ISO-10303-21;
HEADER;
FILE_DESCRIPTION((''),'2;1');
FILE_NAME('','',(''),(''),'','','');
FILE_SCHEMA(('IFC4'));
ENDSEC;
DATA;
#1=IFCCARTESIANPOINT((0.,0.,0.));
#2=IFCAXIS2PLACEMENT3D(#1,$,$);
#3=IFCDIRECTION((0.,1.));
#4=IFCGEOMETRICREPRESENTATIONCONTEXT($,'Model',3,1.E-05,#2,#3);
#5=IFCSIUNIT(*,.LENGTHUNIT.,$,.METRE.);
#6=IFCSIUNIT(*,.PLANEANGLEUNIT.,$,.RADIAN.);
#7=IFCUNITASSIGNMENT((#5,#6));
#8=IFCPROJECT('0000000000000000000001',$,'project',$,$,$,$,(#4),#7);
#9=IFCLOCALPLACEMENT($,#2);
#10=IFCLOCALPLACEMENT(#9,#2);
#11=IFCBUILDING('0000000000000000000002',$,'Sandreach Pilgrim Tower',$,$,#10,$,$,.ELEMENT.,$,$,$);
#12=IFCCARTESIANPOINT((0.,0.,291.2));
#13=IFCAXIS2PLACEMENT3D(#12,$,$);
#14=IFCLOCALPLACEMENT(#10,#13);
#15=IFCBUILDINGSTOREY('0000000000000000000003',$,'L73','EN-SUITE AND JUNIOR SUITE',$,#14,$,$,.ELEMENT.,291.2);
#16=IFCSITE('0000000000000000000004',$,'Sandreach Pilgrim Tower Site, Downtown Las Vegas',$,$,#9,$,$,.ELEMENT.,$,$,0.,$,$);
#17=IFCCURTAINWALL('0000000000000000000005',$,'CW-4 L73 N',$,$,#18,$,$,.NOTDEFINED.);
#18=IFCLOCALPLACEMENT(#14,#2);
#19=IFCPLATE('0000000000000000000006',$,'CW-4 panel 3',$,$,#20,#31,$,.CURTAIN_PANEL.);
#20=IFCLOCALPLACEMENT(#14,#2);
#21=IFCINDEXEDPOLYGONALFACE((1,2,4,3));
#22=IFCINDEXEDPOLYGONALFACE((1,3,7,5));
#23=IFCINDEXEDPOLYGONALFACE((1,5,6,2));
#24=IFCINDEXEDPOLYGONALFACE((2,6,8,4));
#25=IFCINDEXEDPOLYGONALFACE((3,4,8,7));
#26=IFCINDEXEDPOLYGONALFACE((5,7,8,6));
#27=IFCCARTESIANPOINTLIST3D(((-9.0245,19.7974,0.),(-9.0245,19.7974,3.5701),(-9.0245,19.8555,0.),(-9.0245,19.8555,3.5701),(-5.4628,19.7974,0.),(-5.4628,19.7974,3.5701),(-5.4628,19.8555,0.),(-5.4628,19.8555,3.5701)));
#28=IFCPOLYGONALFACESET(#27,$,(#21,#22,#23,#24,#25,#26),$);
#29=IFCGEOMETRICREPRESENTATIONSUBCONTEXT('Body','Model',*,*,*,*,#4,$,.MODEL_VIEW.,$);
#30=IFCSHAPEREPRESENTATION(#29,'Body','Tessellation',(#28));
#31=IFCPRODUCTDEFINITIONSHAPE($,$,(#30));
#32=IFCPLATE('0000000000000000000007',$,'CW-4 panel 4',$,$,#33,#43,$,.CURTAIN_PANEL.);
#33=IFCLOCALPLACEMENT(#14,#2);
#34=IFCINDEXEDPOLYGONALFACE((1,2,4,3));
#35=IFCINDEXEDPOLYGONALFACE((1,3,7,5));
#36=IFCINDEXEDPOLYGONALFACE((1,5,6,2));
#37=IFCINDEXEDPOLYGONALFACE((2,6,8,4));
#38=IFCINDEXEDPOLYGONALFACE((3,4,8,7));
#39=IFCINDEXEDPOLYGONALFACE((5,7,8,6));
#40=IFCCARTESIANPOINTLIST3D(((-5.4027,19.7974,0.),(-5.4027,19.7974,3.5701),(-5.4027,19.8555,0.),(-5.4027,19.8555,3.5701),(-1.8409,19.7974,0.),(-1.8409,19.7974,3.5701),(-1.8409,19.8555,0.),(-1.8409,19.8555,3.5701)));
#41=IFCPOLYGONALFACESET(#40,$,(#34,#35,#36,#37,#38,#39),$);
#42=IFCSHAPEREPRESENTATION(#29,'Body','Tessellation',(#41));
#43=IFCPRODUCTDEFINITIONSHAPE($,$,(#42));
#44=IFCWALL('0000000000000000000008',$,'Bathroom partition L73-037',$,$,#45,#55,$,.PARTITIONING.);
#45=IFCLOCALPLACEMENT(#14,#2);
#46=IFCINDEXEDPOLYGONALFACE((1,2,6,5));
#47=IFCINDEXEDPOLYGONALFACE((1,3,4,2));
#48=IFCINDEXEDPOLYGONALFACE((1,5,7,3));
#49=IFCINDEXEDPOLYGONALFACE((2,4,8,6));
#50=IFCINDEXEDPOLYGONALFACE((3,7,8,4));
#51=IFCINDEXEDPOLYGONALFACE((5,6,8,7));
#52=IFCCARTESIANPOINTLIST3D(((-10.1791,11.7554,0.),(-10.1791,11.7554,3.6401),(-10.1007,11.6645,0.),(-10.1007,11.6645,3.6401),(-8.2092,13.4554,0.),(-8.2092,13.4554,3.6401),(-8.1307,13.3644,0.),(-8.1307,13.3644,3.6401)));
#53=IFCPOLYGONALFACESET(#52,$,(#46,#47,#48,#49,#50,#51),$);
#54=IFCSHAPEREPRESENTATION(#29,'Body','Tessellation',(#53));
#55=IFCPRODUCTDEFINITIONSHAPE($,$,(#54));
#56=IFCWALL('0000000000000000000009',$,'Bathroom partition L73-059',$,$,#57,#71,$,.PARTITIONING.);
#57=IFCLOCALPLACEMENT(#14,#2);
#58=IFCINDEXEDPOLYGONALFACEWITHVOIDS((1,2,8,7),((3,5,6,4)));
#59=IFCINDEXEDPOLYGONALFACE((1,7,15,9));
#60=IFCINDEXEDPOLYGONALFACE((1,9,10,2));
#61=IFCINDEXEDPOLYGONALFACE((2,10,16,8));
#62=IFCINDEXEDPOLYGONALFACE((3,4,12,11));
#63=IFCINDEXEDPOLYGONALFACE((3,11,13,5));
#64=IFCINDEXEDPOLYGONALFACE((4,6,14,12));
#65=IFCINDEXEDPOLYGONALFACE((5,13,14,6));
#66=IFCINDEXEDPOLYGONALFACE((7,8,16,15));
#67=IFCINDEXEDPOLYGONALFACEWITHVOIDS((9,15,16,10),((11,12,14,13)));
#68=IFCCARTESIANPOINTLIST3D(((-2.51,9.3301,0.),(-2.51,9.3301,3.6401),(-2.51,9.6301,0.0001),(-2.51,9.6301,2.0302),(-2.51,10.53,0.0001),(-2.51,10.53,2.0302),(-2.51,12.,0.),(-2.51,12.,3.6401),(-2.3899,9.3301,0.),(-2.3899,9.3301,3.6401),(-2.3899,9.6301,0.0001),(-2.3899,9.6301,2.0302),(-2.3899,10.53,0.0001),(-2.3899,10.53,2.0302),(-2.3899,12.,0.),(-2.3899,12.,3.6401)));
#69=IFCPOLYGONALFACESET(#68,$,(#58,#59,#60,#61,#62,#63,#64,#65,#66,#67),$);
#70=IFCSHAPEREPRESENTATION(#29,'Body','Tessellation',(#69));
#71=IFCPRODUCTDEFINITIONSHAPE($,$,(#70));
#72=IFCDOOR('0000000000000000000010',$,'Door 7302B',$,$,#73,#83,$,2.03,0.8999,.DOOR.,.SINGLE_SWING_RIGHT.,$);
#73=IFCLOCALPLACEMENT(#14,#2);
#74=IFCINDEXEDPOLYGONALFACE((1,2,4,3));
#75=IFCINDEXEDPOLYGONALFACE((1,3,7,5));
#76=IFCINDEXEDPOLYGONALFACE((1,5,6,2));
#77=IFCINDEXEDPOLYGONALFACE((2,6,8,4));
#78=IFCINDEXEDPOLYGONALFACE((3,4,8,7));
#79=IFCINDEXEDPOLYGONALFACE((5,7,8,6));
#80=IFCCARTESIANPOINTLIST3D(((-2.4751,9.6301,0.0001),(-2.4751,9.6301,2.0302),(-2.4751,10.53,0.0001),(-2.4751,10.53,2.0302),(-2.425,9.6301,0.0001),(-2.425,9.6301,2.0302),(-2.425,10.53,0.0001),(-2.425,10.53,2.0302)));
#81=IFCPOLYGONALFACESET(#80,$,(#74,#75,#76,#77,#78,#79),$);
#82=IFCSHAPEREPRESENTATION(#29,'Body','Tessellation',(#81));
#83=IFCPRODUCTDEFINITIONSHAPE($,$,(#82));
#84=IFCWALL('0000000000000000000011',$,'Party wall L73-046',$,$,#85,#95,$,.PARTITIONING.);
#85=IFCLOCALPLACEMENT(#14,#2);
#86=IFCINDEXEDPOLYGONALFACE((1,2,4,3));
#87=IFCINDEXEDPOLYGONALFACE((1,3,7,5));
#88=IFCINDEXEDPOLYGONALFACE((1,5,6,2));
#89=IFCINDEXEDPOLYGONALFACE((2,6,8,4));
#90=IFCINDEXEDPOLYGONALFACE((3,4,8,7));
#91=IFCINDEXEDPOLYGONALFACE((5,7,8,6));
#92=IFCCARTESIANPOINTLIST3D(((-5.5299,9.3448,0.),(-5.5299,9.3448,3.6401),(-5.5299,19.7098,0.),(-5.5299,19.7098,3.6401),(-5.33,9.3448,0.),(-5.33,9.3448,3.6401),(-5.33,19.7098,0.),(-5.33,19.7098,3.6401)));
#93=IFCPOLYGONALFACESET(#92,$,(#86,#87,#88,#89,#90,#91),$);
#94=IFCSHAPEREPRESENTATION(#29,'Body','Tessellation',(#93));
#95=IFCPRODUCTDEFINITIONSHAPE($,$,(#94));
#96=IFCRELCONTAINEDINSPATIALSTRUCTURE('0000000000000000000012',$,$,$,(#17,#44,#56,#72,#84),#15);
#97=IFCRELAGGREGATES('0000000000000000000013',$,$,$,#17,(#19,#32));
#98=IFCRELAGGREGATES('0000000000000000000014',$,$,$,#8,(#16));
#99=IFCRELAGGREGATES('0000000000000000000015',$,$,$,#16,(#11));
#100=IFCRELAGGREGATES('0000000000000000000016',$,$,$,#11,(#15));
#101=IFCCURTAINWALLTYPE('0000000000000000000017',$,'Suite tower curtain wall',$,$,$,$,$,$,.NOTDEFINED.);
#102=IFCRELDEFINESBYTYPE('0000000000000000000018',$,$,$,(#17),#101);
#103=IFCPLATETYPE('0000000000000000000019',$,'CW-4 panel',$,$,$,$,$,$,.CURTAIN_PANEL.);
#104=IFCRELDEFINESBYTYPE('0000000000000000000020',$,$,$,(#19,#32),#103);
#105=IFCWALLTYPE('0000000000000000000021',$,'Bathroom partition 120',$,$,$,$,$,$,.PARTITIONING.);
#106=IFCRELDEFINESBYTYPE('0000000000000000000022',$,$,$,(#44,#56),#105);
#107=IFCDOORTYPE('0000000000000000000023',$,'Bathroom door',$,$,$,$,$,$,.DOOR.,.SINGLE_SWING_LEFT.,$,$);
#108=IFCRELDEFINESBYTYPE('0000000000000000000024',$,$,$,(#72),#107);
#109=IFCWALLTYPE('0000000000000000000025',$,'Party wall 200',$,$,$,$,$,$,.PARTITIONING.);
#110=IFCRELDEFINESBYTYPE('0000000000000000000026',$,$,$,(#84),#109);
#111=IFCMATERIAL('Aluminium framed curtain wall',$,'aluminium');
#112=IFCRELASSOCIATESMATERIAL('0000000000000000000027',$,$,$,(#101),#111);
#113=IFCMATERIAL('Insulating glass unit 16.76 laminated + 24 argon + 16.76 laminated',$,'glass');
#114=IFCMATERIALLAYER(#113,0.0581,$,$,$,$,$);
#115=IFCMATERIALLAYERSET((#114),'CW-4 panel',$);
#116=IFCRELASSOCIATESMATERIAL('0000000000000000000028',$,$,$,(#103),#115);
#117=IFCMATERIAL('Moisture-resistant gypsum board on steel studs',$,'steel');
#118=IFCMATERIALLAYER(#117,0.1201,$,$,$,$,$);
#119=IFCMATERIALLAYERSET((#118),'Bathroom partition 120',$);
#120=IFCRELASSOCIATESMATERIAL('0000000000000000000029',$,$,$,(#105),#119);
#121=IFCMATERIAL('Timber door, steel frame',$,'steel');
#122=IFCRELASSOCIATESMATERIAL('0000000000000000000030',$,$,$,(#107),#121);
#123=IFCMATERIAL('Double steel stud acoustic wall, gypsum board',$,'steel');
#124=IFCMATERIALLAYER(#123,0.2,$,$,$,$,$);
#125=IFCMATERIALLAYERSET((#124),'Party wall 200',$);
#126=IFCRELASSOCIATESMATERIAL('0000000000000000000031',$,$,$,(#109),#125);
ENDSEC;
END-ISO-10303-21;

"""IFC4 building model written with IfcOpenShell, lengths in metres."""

from ifc_helpers import new_model, si_unit, direction, frame, frame_2d, origin, origin_2d, place, context, subcontext, project, spatial, rectangle, extrude, material, layer, layer_set, type_object, element, fill, aggregate, save


model = new_model("IFC4")

# Units and contexts
model_context = context("Model", 3, precision=1e-05, world=origin(), true_north=direction((0.0, 1.0)))
body_context = subcontext(model_context, "Body", "Model", "MODEL_VIEW")
ifc_project = project(units=[si_unit("LENGTHUNIT", "METRE"), si_unit("PLANEANGLEUNIT", "RADIAN")], contexts=[model_context])

# Site, building, storey
site_placement = place(None, origin())
site = spatial("IfcSite", under=ifc_project, at=site_placement, Name="Sandreach Pilgrim Tower Site, Downtown Las Vegas", CompositionType="ELEMENT", RefElevation=0.0)
building_placement = place(site_placement, origin())
building = spatial("IfcBuilding", under=site, at=building_placement, Name="Sandreach Pilgrim Tower", CompositionType="ELEMENT")
storey_placement = place(building_placement, frame((0.0, 0.0, 291.2)))
storey = spatial("IfcBuildingStorey", under=building, at=storey_placement, Name="L73", Description="EN-SUITE AND JUNIOR SUITE", CompositionType="ELEMENT", Elevation=291.2)

# Curtain wall
ifc_material_1 = material(Name="Aluminium framed curtain wall", Category="aluminium")
curtain_wall_type = type_object("IfcCurtainWallType", Name="Suite tower curtain wall", PredefinedType="NOTDEFINED", material=ifc_material_1)
curtain_wall_placement = place(storey_placement, origin())
curtain_wall = element("IfcCurtainWall", 1, at=curtain_wall_placement, inside=storey, type_object=curtain_wall_type, Name="CW-4 L73 N", PredefinedType="NOTDEFINED")

# Plates
ifc_material_2 = material(Name="Insulating glass unit 16.76 laminated + 24 argon + 16.76 laminated", Category="glass")
ifc_layer_1 = layer(ifc_material_2, 0.0581)
ifc_layer_set_1 = layer_set([ifc_layer_1], Name="CW-4 panel")
plate_type = type_object("IfcPlateType", Name="CW-4 panel", PredefinedType="CURTAIN_PANEL", material=ifc_layer_set_1)
plate_1_placement = place(storey_placement, frame((-7.2437, 19.8264, 0.0), z_axis=(0.0, 0.0, 1.0), x_axis=(1.0, 0.0, 0.0)))
plate_1 = element("IfcPlate", 2, at=plate_1_placement, type_object=plate_type, Name="CW-4 panel 3", PredefinedType="CURTAIN_PANEL", context=body_context, shape_type="SweptSolid", body=[
    extrude(rectangle(XDim=3.5618, YDim=0.0581, at=origin_2d()), origin(), (0.0, 0.0, 1.0), 3.5701),
])
plate_2_placement = place(storey_placement, frame((-3.6218, 19.8264, 0.0), z_axis=(0.0, 0.0, 1.0), x_axis=(1.0, 0.0, 0.0)))
plate_2 = element("IfcPlate", 3, at=plate_2_placement, type_object=plate_type, Name="CW-4 panel 4", PredefinedType="CURTAIN_PANEL", context=body_context, shape_type="SweptSolid", body=[
    extrude(rectangle(XDim=3.5618, YDim=0.0581, at=origin_2d()), origin(), (0.0, 0.0, 1.0), 3.5701),
])
aggregate(curtain_wall, [plate_1, plate_2])

# Wall
ifc_material_3 = material(Name="Moisture-resistant gypsum board on steel studs", Category="steel")
ifc_layer_2 = layer(ifc_material_3, 0.1201)
ifc_layer_set_2 = layer_set([ifc_layer_2], Name="Bathroom partition 120")
wall_type_1 = type_object("IfcWallType", Name="Bathroom partition 120", PredefinedType="PARTITIONING", material=ifc_layer_set_2)
wall_1_placement = place(storey_placement, frame((-8.1699, 13.4099, 0.0), z_axis=(0.0, 0.0, 1.0), x_axis=(-0.757087, -0.653314, 0.0)))
element("IfcWall", 4, at=wall_1_placement, inside=storey, type_object=wall_type_1, Name="Bathroom partition L73-037", PredefinedType="PARTITIONING", context=body_context, shape_type="SweptSolid", body=[
    extrude(rectangle(XDim=2.6021, YDim=0.1201, at=frame_2d((1.301, 0.0))), origin(), (0.0, 0.0, 1.0), 3.6401),
])

# Wall, opening, door
wall_2_placement = place(storey_placement, frame((-2.45, 12.0, 0.0), z_axis=(0.0, 0.0, 1.0), x_axis=(0.0, -1.0, 0.0)))
wall_2 = element("IfcWall", 5, at=wall_2_placement, inside=storey, type_object=wall_type_1, Name="Bathroom partition L73-059", PredefinedType="PARTITIONING", context=body_context, shape_type="SweptSolid", body=[
    extrude(rectangle(XDim=2.6699, YDim=0.1201, at=frame_2d((1.335, 0.0))), origin(), (0.0, 0.0, 1.0), 3.6401),
])
opening_placement = place(wall_2_placement, frame((1.47, 0.0, 0.0)))
opening = element("IfcOpeningElement", 6, at=opening_placement, cuts=wall_2, PredefinedType="OPENING", context=body_context, shape_type="SweptSolid", body=[
    extrude(rectangle(XDim=0.8999, YDim=2.03, at=frame_2d((0.45, 1.0151))), frame((0.0, 0.0601, 0.0), z_axis=(0.0, -1.0, 0.0), x_axis=(1.0, 0.0, 0.0)), (0.0, 0.0, 1.0), 0.1201),
])
ifc_material_4 = material(Name="Timber door, steel frame", Category="steel")
door_type = type_object("IfcDoorType", Name="Bathroom door", OperationType="SINGLE_SWING_LEFT", PredefinedType="DOOR", material=ifc_material_4)
door_placement = place(opening_placement, origin())
door = element("IfcDoor", 7, at=door_placement, inside=storey, type_object=door_type, Name="Door 7302B", OperationType="SINGLE_SWING_RIGHT", OverallHeight=2.03, OverallWidth=0.8999, PredefinedType="DOOR", context=body_context, shape_type="SweptSolid", body=[
    extrude(rectangle(XDim=0.8999, YDim=2.03, at=frame_2d((0.45, 1.0151))), frame((0.0, 0.0249, 0.0), z_axis=(0.0, -1.0, 0.0), x_axis=(1.0, 0.0, 0.0)), (0.0, 0.0, 1.0), 0.05),
])
fill(opening, door)

# Wall
ifc_material_5 = material(Name="Double steel stud acoustic wall, gypsum board", Category="steel")
ifc_layer_3 = layer(ifc_material_5, 0.2)
ifc_layer_set_3 = layer_set([ifc_layer_3], Name="Party wall 200")
wall_type_2 = type_object("IfcWallType", Name="Party wall 200", PredefinedType="PARTITIONING", material=ifc_layer_set_3)
wall_3_placement = place(storey_placement, frame((-5.4299, 19.71, 0.0), z_axis=(0.0, 0.0, 1.0), x_axis=(0.0, -1.0, 0.0)))
element("IfcWall", 8, at=wall_3_placement, inside=storey, type_object=wall_type_2, Name="Party wall L73-046", PredefinedType="PARTITIONING", context=body_context, shape_type="SweptSolid", body=[
    extrude(rectangle(XDim=10.365, YDim=0.2, at=frame_2d((5.1826, 0.0))), origin(), (0.0, 0.0, 1.0), 3.6401),
])

save(model, "model.ifc")
